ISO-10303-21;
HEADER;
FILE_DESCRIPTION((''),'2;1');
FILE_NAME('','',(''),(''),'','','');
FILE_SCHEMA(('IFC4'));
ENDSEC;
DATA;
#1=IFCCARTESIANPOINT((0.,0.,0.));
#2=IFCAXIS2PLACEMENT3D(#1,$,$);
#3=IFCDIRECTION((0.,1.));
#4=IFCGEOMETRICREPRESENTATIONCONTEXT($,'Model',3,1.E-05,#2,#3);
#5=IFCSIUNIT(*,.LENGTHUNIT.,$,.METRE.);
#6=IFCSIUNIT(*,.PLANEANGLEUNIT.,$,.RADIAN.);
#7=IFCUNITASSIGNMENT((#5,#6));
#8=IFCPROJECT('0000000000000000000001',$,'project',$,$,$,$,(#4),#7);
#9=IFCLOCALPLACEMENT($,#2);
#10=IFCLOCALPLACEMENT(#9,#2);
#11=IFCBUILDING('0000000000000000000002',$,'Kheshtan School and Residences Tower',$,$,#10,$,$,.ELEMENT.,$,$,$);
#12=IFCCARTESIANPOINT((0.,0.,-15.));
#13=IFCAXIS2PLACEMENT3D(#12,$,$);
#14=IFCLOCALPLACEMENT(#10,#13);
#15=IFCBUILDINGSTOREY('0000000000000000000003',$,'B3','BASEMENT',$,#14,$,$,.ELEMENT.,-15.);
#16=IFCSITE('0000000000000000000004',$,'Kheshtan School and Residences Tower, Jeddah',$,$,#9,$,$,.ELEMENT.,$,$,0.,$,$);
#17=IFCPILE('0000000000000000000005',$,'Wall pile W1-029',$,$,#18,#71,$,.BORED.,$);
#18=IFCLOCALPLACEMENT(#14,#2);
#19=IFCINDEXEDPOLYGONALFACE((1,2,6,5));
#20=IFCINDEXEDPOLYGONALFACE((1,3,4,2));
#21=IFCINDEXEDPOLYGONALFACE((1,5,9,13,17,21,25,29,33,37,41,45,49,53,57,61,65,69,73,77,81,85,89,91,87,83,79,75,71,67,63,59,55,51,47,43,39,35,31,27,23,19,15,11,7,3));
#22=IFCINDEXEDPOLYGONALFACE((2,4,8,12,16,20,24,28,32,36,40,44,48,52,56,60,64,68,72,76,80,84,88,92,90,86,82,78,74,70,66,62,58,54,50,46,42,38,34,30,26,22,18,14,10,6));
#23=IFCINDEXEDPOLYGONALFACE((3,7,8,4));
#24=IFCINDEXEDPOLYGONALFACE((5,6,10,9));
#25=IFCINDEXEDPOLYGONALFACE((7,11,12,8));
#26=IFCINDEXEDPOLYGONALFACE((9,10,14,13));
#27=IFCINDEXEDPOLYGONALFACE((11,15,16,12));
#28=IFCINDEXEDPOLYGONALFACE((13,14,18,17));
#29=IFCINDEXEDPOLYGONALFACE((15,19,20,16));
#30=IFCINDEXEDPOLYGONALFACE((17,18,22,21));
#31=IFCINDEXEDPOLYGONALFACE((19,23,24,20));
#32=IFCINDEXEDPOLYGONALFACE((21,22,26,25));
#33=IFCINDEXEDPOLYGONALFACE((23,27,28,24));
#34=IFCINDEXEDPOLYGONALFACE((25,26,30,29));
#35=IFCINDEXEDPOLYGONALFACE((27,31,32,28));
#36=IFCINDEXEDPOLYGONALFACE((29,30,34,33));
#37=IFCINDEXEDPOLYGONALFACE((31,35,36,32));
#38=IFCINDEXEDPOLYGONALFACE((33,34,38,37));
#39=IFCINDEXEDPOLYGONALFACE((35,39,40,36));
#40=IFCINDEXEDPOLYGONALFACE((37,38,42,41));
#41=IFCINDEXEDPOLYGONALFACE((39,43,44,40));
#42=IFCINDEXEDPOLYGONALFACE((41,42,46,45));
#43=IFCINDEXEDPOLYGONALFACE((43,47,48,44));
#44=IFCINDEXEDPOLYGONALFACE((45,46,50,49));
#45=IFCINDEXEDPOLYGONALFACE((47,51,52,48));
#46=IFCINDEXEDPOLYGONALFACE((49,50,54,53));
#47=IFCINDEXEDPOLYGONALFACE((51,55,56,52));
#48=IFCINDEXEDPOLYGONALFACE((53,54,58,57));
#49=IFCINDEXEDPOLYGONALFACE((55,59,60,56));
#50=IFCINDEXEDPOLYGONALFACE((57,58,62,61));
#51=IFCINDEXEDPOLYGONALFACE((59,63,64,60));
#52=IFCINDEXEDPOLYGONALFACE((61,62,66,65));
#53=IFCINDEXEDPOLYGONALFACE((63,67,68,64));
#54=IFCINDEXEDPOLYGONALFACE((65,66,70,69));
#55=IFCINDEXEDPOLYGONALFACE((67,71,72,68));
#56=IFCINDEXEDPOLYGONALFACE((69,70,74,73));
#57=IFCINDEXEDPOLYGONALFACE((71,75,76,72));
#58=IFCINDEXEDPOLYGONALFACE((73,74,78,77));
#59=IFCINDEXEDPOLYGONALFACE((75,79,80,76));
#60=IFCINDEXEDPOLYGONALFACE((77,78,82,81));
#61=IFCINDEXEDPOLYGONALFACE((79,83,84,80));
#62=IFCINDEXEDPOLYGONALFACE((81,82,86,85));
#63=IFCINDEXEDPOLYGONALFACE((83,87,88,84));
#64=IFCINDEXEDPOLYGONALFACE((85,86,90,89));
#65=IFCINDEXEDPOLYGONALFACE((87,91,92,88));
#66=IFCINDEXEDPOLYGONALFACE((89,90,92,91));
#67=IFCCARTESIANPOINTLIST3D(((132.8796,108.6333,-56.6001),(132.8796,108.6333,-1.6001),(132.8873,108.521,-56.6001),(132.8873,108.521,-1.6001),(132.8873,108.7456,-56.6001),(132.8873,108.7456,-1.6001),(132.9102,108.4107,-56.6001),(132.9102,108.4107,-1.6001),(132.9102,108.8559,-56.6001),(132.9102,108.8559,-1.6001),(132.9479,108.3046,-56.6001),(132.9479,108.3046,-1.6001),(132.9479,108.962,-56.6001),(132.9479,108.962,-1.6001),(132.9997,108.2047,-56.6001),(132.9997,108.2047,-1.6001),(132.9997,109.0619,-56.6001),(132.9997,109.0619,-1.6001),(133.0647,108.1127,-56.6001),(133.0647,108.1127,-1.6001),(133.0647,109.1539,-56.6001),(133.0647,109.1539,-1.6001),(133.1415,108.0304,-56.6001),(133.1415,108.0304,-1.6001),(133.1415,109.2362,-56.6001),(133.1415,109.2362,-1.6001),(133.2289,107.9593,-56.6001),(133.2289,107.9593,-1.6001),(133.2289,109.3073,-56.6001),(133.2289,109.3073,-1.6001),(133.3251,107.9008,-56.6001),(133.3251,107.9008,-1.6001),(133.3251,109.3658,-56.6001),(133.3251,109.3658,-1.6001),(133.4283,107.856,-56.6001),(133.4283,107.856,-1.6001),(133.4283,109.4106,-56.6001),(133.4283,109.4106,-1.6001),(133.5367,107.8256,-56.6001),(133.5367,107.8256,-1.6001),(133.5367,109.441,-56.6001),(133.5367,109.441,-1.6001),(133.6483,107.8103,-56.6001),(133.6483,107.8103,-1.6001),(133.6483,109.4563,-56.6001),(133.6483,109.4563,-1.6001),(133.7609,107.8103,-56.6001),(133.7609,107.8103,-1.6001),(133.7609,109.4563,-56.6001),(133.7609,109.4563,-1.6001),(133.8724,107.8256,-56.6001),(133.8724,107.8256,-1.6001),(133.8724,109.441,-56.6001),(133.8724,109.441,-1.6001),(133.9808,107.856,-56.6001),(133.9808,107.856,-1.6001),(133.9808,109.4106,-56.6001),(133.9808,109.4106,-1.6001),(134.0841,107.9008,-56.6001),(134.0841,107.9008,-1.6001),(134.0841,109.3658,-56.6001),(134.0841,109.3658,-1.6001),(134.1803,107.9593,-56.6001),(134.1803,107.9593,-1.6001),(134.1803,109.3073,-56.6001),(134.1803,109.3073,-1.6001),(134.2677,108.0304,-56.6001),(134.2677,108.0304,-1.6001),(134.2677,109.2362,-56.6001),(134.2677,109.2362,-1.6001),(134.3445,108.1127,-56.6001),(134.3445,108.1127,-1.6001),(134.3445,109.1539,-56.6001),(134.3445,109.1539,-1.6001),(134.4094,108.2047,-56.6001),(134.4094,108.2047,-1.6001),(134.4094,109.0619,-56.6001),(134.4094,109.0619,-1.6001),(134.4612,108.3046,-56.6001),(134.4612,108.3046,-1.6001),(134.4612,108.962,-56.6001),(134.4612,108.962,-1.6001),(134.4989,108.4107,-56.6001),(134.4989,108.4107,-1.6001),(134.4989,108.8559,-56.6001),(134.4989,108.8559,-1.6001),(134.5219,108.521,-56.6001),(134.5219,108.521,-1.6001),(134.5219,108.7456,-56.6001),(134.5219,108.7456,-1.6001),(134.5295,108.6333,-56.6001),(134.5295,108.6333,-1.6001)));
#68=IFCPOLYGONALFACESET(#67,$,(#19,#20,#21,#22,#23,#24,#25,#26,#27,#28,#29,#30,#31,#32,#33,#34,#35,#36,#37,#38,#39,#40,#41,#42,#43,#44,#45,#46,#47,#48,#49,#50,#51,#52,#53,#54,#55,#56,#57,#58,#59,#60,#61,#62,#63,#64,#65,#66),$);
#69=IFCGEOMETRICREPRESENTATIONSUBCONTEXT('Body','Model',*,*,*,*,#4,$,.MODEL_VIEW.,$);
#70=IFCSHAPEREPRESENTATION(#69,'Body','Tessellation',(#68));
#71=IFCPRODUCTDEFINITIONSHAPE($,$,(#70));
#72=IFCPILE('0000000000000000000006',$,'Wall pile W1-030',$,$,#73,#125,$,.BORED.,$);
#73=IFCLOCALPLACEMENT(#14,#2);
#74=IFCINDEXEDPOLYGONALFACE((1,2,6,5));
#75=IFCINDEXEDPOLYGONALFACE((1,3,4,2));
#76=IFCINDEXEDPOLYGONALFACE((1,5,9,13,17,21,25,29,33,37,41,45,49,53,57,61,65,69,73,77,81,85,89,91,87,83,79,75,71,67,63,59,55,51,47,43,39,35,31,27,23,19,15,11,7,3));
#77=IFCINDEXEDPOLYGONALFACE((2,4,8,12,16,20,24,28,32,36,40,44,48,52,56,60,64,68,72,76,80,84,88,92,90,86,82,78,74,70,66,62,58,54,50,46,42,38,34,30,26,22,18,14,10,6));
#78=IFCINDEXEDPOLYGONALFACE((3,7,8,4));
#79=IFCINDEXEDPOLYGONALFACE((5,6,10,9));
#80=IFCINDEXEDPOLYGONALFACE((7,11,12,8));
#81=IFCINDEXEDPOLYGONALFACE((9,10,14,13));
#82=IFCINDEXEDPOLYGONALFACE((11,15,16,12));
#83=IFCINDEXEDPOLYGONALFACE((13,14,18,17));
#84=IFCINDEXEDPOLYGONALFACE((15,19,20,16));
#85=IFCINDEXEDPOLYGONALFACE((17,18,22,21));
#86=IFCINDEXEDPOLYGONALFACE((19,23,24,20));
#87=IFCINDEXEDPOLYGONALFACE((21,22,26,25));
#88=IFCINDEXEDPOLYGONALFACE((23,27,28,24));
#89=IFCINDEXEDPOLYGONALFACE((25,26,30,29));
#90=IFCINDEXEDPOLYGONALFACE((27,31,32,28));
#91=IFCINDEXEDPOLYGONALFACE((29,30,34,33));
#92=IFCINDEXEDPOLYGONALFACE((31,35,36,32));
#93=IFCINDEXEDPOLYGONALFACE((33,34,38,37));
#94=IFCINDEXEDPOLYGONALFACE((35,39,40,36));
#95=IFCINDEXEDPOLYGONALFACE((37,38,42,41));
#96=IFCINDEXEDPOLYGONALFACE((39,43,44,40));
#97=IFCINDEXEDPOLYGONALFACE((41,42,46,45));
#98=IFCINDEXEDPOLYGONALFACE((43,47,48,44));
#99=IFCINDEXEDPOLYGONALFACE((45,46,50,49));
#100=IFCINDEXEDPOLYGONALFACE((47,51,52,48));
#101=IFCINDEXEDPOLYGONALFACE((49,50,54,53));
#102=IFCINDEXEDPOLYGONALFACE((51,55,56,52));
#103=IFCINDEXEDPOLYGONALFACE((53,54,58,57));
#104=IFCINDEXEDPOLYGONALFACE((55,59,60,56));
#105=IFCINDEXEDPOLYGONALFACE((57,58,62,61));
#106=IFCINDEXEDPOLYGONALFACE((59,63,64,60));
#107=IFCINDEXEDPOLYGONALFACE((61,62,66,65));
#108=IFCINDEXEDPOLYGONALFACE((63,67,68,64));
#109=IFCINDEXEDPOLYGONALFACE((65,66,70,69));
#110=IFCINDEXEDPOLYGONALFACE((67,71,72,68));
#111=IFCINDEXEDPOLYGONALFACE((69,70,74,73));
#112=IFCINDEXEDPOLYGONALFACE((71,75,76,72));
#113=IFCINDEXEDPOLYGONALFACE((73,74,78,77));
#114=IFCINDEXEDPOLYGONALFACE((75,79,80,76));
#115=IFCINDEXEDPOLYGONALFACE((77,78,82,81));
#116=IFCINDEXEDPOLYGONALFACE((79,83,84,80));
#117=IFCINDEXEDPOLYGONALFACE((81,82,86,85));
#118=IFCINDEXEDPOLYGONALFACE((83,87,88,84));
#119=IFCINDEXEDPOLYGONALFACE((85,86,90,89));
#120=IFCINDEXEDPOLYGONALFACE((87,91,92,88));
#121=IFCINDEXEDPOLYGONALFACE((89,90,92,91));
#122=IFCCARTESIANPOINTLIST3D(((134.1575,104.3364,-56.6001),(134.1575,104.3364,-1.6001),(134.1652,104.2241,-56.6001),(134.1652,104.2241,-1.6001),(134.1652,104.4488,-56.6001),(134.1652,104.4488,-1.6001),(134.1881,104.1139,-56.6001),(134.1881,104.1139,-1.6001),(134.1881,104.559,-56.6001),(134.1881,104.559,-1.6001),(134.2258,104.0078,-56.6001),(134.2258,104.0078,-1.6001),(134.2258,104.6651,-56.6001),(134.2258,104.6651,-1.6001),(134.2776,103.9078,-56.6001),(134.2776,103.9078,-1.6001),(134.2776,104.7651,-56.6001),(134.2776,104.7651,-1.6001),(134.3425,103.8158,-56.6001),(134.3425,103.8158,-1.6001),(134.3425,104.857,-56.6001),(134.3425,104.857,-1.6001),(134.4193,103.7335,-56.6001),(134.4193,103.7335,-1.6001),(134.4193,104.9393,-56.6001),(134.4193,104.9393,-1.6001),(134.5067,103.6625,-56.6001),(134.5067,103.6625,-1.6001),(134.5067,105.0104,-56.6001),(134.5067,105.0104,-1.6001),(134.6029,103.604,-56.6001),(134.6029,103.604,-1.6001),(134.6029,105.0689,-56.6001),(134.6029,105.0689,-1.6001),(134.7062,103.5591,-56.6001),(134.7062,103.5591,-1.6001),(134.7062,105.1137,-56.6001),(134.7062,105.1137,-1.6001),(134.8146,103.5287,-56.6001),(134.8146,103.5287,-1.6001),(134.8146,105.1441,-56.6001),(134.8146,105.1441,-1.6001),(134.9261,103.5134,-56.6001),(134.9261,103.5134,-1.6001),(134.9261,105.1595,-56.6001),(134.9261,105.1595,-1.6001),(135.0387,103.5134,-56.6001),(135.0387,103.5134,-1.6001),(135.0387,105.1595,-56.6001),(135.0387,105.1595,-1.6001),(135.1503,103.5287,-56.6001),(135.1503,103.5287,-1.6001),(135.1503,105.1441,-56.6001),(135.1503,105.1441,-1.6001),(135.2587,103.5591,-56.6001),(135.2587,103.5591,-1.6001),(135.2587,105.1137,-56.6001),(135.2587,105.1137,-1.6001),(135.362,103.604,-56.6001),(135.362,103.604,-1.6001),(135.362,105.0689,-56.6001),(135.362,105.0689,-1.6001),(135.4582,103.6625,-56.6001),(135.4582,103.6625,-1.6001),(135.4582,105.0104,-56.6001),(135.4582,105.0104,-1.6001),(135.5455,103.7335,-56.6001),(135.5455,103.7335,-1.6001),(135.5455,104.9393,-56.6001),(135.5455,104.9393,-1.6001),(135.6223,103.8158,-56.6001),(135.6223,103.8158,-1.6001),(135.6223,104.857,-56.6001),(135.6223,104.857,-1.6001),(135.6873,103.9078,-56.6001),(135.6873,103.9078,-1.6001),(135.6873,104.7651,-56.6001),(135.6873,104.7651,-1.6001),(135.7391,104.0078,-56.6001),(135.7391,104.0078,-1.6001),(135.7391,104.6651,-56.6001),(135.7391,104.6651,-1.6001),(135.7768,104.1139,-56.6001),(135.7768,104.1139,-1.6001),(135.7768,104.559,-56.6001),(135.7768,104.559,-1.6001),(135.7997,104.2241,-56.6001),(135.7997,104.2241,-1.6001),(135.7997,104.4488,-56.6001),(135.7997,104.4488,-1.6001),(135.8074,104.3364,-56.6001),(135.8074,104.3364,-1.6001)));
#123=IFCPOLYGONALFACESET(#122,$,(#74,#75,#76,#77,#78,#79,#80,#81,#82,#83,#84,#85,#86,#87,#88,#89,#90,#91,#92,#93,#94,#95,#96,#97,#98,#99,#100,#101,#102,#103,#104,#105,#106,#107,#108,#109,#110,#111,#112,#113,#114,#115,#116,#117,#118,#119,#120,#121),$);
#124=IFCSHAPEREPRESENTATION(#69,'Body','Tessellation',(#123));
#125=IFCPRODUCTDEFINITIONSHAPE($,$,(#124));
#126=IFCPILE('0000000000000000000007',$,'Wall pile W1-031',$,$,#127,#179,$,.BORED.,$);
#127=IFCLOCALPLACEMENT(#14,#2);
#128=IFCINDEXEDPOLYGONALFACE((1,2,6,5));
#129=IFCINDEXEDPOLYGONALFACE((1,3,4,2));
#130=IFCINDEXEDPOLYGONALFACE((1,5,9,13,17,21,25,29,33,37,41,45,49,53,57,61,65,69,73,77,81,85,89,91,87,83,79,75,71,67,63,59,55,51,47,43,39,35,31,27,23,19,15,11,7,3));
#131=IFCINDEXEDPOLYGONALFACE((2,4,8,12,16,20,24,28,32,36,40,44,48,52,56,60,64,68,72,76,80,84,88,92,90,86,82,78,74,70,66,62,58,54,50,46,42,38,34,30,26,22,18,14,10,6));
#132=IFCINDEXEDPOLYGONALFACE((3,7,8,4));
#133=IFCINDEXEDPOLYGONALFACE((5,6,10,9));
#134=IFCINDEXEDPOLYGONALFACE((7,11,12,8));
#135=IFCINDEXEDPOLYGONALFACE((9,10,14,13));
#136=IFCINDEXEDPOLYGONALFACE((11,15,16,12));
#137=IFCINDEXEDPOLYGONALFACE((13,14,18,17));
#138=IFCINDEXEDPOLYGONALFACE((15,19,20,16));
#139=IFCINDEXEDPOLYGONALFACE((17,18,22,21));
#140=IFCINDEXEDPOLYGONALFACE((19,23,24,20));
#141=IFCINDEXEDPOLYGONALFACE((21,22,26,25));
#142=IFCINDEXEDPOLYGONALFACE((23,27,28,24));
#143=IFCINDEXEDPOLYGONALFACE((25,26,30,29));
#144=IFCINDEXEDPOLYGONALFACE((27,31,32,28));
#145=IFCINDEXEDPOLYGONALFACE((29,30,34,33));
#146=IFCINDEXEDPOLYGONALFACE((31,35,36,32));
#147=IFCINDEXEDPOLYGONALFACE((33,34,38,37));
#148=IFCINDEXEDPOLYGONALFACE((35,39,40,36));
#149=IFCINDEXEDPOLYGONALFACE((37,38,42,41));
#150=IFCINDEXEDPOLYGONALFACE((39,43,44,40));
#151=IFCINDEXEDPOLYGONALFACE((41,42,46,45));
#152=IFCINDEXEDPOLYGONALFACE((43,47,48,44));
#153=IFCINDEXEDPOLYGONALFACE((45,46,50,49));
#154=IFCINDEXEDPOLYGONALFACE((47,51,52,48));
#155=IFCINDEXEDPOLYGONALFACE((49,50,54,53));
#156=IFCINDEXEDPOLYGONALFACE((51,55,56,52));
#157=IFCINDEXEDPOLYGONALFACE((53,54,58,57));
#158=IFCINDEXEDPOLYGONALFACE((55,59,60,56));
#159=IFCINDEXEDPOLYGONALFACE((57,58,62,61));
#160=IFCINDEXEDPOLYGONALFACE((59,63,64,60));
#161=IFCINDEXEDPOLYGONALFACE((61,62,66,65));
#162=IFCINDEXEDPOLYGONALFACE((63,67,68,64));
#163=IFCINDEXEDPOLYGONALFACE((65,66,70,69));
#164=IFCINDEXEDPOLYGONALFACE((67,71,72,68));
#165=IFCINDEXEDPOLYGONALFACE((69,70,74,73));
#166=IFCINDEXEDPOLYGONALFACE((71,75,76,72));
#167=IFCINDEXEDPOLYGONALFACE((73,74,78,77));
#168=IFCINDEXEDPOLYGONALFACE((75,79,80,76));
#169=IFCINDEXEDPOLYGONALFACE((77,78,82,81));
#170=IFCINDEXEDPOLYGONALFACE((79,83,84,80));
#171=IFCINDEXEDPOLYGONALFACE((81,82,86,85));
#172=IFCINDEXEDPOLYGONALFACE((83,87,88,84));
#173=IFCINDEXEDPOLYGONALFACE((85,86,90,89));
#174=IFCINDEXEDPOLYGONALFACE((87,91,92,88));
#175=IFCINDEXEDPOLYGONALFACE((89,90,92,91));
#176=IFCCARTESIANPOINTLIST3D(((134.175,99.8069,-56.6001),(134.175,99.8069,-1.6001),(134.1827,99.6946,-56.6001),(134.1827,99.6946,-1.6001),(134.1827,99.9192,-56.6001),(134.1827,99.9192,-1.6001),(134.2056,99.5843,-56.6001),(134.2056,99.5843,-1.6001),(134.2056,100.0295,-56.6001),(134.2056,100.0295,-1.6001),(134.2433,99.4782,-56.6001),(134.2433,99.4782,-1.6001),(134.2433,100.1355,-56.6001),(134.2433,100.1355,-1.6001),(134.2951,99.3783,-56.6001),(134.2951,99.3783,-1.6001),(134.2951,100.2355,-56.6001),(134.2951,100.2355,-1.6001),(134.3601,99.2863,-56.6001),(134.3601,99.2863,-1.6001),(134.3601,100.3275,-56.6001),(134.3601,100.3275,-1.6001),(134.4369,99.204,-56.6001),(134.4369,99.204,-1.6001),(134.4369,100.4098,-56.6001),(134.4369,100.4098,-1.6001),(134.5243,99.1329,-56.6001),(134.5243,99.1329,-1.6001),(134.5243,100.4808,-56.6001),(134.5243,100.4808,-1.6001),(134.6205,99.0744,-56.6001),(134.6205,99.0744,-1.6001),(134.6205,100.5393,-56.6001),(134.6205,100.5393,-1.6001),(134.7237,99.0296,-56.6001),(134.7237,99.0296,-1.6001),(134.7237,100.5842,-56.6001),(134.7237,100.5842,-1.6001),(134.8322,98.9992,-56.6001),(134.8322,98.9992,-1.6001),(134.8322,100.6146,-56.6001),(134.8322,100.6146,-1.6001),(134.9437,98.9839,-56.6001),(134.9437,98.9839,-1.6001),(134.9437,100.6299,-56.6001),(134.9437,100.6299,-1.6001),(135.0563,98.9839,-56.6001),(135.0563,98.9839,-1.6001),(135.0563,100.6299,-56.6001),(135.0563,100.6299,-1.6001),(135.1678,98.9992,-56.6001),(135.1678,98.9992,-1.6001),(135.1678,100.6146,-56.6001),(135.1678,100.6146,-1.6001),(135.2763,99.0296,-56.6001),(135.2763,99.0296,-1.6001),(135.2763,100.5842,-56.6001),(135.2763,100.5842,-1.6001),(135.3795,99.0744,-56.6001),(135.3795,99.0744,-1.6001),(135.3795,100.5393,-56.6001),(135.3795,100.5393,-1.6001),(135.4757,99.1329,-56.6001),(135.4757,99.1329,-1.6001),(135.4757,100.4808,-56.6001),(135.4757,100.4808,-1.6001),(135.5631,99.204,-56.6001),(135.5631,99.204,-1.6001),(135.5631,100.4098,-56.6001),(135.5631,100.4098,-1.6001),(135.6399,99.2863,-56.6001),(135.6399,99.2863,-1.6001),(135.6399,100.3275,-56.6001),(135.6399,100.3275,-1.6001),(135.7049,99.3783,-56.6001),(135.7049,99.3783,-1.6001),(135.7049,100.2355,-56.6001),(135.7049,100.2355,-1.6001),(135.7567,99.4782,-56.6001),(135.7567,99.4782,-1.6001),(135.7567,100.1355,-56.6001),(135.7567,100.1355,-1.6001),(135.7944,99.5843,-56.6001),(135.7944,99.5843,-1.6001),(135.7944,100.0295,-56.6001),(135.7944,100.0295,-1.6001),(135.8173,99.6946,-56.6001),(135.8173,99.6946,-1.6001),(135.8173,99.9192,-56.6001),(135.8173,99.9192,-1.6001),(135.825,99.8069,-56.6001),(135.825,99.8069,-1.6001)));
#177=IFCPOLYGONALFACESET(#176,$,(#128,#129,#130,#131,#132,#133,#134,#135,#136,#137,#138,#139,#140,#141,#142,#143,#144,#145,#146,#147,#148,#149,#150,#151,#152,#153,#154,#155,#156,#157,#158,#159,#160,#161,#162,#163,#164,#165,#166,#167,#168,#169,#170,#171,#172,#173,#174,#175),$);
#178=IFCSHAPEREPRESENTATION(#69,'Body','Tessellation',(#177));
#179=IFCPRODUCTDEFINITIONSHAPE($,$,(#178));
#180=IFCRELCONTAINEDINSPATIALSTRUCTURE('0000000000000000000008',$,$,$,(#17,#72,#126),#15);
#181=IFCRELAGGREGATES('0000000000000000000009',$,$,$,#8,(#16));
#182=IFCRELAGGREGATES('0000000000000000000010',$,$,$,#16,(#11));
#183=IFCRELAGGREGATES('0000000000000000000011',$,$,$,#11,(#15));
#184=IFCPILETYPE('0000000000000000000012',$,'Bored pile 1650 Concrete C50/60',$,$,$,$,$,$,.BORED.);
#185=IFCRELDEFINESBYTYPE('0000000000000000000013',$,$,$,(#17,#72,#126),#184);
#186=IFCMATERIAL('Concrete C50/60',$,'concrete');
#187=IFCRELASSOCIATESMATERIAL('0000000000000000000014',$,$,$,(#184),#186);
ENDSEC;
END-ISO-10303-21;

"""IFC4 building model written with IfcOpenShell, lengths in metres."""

from ifc_helpers import new_model, si_unit, direction, frame, origin, origin_2d, place, context, subcontext, project, spatial, circle, extrude, material, material_profile, profile_set, type_object, element, save


model = new_model("IFC4")

# Units and contexts
model_context = context("Model", 3, precision=1e-05, world=origin(), true_north=direction((0.0, 1.0)))
body_context = subcontext(model_context, "Body", "Model", "MODEL_VIEW")
ifc_project = project(units=[si_unit("LENGTHUNIT", "METRE"), si_unit("PLANEANGLEUNIT", "RADIAN")], contexts=[model_context])

# Site, building, storey
site_placement = place(None, origin())
site = spatial("IfcSite", under=ifc_project, at=site_placement, Name="Kheshtan School and Residences Tower, Jeddah", CompositionType="ELEMENT", RefElevation=0.0)
building_placement = place(site_placement, origin())
building = spatial("IfcBuilding", under=site, at=building_placement, Name="Kheshtan School and Residences Tower", CompositionType="ELEMENT")
storey_placement = place(building_placement, frame((0.0, 0.0, -15.0)))
storey = spatial("IfcBuildingStorey", under=building, at=storey_placement, Name="B3", Description="BASEMENT", CompositionType="ELEMENT", Elevation=-15.0)

# Piles
ifc_material_1 = material(Name="Concrete C50/60", Category="concrete")
ifc_material_profile_1 = material_profile(ifc_material_1, circle(Radius=0.825, at=origin_2d()), Name="BP 1650")
ifc_profile_set_1 = profile_set([ifc_material_profile_1], Name="Concrete C50/60")
pile_type_1 = type_object("IfcPileType", Name="Bored pile 1650 Concrete C50/60", PredefinedType="BORED", material=ifc_profile_set_1)
for number, where, z_axis, x_axis, name in (
    (1, (133.7046, 108.6333, -1.6001), (0.0, 0.0, -1.0), (1.0, 0.0, 0.0), "Wall pile W1-029"),
    (2, (134.9824, 104.3364, -1.6001), (0.0, 0.0, -1.0), (1.0, 0.0, 0.0), "Wall pile W1-030"),
    (3, (135.0, 99.8069, -1.6001), (0.0, 0.0, -1.0), (1.0, 0.0, 0.0), "Wall pile W1-031"),
):
    element("IfcPile", number, at=place(storey_placement, frame(where, z_axis=z_axis, x_axis=x_axis)), inside=storey, type_object=pile_type_1, Name=name, PredefinedType="BORED", context=body_context, shape_type="SweptSolid", body=[
        extrude(circle(Radius=0.825, at=origin_2d()), origin(), (0.0, 0.0, 1.0), 55.0),
    ])

save(model, "model.ifc")
